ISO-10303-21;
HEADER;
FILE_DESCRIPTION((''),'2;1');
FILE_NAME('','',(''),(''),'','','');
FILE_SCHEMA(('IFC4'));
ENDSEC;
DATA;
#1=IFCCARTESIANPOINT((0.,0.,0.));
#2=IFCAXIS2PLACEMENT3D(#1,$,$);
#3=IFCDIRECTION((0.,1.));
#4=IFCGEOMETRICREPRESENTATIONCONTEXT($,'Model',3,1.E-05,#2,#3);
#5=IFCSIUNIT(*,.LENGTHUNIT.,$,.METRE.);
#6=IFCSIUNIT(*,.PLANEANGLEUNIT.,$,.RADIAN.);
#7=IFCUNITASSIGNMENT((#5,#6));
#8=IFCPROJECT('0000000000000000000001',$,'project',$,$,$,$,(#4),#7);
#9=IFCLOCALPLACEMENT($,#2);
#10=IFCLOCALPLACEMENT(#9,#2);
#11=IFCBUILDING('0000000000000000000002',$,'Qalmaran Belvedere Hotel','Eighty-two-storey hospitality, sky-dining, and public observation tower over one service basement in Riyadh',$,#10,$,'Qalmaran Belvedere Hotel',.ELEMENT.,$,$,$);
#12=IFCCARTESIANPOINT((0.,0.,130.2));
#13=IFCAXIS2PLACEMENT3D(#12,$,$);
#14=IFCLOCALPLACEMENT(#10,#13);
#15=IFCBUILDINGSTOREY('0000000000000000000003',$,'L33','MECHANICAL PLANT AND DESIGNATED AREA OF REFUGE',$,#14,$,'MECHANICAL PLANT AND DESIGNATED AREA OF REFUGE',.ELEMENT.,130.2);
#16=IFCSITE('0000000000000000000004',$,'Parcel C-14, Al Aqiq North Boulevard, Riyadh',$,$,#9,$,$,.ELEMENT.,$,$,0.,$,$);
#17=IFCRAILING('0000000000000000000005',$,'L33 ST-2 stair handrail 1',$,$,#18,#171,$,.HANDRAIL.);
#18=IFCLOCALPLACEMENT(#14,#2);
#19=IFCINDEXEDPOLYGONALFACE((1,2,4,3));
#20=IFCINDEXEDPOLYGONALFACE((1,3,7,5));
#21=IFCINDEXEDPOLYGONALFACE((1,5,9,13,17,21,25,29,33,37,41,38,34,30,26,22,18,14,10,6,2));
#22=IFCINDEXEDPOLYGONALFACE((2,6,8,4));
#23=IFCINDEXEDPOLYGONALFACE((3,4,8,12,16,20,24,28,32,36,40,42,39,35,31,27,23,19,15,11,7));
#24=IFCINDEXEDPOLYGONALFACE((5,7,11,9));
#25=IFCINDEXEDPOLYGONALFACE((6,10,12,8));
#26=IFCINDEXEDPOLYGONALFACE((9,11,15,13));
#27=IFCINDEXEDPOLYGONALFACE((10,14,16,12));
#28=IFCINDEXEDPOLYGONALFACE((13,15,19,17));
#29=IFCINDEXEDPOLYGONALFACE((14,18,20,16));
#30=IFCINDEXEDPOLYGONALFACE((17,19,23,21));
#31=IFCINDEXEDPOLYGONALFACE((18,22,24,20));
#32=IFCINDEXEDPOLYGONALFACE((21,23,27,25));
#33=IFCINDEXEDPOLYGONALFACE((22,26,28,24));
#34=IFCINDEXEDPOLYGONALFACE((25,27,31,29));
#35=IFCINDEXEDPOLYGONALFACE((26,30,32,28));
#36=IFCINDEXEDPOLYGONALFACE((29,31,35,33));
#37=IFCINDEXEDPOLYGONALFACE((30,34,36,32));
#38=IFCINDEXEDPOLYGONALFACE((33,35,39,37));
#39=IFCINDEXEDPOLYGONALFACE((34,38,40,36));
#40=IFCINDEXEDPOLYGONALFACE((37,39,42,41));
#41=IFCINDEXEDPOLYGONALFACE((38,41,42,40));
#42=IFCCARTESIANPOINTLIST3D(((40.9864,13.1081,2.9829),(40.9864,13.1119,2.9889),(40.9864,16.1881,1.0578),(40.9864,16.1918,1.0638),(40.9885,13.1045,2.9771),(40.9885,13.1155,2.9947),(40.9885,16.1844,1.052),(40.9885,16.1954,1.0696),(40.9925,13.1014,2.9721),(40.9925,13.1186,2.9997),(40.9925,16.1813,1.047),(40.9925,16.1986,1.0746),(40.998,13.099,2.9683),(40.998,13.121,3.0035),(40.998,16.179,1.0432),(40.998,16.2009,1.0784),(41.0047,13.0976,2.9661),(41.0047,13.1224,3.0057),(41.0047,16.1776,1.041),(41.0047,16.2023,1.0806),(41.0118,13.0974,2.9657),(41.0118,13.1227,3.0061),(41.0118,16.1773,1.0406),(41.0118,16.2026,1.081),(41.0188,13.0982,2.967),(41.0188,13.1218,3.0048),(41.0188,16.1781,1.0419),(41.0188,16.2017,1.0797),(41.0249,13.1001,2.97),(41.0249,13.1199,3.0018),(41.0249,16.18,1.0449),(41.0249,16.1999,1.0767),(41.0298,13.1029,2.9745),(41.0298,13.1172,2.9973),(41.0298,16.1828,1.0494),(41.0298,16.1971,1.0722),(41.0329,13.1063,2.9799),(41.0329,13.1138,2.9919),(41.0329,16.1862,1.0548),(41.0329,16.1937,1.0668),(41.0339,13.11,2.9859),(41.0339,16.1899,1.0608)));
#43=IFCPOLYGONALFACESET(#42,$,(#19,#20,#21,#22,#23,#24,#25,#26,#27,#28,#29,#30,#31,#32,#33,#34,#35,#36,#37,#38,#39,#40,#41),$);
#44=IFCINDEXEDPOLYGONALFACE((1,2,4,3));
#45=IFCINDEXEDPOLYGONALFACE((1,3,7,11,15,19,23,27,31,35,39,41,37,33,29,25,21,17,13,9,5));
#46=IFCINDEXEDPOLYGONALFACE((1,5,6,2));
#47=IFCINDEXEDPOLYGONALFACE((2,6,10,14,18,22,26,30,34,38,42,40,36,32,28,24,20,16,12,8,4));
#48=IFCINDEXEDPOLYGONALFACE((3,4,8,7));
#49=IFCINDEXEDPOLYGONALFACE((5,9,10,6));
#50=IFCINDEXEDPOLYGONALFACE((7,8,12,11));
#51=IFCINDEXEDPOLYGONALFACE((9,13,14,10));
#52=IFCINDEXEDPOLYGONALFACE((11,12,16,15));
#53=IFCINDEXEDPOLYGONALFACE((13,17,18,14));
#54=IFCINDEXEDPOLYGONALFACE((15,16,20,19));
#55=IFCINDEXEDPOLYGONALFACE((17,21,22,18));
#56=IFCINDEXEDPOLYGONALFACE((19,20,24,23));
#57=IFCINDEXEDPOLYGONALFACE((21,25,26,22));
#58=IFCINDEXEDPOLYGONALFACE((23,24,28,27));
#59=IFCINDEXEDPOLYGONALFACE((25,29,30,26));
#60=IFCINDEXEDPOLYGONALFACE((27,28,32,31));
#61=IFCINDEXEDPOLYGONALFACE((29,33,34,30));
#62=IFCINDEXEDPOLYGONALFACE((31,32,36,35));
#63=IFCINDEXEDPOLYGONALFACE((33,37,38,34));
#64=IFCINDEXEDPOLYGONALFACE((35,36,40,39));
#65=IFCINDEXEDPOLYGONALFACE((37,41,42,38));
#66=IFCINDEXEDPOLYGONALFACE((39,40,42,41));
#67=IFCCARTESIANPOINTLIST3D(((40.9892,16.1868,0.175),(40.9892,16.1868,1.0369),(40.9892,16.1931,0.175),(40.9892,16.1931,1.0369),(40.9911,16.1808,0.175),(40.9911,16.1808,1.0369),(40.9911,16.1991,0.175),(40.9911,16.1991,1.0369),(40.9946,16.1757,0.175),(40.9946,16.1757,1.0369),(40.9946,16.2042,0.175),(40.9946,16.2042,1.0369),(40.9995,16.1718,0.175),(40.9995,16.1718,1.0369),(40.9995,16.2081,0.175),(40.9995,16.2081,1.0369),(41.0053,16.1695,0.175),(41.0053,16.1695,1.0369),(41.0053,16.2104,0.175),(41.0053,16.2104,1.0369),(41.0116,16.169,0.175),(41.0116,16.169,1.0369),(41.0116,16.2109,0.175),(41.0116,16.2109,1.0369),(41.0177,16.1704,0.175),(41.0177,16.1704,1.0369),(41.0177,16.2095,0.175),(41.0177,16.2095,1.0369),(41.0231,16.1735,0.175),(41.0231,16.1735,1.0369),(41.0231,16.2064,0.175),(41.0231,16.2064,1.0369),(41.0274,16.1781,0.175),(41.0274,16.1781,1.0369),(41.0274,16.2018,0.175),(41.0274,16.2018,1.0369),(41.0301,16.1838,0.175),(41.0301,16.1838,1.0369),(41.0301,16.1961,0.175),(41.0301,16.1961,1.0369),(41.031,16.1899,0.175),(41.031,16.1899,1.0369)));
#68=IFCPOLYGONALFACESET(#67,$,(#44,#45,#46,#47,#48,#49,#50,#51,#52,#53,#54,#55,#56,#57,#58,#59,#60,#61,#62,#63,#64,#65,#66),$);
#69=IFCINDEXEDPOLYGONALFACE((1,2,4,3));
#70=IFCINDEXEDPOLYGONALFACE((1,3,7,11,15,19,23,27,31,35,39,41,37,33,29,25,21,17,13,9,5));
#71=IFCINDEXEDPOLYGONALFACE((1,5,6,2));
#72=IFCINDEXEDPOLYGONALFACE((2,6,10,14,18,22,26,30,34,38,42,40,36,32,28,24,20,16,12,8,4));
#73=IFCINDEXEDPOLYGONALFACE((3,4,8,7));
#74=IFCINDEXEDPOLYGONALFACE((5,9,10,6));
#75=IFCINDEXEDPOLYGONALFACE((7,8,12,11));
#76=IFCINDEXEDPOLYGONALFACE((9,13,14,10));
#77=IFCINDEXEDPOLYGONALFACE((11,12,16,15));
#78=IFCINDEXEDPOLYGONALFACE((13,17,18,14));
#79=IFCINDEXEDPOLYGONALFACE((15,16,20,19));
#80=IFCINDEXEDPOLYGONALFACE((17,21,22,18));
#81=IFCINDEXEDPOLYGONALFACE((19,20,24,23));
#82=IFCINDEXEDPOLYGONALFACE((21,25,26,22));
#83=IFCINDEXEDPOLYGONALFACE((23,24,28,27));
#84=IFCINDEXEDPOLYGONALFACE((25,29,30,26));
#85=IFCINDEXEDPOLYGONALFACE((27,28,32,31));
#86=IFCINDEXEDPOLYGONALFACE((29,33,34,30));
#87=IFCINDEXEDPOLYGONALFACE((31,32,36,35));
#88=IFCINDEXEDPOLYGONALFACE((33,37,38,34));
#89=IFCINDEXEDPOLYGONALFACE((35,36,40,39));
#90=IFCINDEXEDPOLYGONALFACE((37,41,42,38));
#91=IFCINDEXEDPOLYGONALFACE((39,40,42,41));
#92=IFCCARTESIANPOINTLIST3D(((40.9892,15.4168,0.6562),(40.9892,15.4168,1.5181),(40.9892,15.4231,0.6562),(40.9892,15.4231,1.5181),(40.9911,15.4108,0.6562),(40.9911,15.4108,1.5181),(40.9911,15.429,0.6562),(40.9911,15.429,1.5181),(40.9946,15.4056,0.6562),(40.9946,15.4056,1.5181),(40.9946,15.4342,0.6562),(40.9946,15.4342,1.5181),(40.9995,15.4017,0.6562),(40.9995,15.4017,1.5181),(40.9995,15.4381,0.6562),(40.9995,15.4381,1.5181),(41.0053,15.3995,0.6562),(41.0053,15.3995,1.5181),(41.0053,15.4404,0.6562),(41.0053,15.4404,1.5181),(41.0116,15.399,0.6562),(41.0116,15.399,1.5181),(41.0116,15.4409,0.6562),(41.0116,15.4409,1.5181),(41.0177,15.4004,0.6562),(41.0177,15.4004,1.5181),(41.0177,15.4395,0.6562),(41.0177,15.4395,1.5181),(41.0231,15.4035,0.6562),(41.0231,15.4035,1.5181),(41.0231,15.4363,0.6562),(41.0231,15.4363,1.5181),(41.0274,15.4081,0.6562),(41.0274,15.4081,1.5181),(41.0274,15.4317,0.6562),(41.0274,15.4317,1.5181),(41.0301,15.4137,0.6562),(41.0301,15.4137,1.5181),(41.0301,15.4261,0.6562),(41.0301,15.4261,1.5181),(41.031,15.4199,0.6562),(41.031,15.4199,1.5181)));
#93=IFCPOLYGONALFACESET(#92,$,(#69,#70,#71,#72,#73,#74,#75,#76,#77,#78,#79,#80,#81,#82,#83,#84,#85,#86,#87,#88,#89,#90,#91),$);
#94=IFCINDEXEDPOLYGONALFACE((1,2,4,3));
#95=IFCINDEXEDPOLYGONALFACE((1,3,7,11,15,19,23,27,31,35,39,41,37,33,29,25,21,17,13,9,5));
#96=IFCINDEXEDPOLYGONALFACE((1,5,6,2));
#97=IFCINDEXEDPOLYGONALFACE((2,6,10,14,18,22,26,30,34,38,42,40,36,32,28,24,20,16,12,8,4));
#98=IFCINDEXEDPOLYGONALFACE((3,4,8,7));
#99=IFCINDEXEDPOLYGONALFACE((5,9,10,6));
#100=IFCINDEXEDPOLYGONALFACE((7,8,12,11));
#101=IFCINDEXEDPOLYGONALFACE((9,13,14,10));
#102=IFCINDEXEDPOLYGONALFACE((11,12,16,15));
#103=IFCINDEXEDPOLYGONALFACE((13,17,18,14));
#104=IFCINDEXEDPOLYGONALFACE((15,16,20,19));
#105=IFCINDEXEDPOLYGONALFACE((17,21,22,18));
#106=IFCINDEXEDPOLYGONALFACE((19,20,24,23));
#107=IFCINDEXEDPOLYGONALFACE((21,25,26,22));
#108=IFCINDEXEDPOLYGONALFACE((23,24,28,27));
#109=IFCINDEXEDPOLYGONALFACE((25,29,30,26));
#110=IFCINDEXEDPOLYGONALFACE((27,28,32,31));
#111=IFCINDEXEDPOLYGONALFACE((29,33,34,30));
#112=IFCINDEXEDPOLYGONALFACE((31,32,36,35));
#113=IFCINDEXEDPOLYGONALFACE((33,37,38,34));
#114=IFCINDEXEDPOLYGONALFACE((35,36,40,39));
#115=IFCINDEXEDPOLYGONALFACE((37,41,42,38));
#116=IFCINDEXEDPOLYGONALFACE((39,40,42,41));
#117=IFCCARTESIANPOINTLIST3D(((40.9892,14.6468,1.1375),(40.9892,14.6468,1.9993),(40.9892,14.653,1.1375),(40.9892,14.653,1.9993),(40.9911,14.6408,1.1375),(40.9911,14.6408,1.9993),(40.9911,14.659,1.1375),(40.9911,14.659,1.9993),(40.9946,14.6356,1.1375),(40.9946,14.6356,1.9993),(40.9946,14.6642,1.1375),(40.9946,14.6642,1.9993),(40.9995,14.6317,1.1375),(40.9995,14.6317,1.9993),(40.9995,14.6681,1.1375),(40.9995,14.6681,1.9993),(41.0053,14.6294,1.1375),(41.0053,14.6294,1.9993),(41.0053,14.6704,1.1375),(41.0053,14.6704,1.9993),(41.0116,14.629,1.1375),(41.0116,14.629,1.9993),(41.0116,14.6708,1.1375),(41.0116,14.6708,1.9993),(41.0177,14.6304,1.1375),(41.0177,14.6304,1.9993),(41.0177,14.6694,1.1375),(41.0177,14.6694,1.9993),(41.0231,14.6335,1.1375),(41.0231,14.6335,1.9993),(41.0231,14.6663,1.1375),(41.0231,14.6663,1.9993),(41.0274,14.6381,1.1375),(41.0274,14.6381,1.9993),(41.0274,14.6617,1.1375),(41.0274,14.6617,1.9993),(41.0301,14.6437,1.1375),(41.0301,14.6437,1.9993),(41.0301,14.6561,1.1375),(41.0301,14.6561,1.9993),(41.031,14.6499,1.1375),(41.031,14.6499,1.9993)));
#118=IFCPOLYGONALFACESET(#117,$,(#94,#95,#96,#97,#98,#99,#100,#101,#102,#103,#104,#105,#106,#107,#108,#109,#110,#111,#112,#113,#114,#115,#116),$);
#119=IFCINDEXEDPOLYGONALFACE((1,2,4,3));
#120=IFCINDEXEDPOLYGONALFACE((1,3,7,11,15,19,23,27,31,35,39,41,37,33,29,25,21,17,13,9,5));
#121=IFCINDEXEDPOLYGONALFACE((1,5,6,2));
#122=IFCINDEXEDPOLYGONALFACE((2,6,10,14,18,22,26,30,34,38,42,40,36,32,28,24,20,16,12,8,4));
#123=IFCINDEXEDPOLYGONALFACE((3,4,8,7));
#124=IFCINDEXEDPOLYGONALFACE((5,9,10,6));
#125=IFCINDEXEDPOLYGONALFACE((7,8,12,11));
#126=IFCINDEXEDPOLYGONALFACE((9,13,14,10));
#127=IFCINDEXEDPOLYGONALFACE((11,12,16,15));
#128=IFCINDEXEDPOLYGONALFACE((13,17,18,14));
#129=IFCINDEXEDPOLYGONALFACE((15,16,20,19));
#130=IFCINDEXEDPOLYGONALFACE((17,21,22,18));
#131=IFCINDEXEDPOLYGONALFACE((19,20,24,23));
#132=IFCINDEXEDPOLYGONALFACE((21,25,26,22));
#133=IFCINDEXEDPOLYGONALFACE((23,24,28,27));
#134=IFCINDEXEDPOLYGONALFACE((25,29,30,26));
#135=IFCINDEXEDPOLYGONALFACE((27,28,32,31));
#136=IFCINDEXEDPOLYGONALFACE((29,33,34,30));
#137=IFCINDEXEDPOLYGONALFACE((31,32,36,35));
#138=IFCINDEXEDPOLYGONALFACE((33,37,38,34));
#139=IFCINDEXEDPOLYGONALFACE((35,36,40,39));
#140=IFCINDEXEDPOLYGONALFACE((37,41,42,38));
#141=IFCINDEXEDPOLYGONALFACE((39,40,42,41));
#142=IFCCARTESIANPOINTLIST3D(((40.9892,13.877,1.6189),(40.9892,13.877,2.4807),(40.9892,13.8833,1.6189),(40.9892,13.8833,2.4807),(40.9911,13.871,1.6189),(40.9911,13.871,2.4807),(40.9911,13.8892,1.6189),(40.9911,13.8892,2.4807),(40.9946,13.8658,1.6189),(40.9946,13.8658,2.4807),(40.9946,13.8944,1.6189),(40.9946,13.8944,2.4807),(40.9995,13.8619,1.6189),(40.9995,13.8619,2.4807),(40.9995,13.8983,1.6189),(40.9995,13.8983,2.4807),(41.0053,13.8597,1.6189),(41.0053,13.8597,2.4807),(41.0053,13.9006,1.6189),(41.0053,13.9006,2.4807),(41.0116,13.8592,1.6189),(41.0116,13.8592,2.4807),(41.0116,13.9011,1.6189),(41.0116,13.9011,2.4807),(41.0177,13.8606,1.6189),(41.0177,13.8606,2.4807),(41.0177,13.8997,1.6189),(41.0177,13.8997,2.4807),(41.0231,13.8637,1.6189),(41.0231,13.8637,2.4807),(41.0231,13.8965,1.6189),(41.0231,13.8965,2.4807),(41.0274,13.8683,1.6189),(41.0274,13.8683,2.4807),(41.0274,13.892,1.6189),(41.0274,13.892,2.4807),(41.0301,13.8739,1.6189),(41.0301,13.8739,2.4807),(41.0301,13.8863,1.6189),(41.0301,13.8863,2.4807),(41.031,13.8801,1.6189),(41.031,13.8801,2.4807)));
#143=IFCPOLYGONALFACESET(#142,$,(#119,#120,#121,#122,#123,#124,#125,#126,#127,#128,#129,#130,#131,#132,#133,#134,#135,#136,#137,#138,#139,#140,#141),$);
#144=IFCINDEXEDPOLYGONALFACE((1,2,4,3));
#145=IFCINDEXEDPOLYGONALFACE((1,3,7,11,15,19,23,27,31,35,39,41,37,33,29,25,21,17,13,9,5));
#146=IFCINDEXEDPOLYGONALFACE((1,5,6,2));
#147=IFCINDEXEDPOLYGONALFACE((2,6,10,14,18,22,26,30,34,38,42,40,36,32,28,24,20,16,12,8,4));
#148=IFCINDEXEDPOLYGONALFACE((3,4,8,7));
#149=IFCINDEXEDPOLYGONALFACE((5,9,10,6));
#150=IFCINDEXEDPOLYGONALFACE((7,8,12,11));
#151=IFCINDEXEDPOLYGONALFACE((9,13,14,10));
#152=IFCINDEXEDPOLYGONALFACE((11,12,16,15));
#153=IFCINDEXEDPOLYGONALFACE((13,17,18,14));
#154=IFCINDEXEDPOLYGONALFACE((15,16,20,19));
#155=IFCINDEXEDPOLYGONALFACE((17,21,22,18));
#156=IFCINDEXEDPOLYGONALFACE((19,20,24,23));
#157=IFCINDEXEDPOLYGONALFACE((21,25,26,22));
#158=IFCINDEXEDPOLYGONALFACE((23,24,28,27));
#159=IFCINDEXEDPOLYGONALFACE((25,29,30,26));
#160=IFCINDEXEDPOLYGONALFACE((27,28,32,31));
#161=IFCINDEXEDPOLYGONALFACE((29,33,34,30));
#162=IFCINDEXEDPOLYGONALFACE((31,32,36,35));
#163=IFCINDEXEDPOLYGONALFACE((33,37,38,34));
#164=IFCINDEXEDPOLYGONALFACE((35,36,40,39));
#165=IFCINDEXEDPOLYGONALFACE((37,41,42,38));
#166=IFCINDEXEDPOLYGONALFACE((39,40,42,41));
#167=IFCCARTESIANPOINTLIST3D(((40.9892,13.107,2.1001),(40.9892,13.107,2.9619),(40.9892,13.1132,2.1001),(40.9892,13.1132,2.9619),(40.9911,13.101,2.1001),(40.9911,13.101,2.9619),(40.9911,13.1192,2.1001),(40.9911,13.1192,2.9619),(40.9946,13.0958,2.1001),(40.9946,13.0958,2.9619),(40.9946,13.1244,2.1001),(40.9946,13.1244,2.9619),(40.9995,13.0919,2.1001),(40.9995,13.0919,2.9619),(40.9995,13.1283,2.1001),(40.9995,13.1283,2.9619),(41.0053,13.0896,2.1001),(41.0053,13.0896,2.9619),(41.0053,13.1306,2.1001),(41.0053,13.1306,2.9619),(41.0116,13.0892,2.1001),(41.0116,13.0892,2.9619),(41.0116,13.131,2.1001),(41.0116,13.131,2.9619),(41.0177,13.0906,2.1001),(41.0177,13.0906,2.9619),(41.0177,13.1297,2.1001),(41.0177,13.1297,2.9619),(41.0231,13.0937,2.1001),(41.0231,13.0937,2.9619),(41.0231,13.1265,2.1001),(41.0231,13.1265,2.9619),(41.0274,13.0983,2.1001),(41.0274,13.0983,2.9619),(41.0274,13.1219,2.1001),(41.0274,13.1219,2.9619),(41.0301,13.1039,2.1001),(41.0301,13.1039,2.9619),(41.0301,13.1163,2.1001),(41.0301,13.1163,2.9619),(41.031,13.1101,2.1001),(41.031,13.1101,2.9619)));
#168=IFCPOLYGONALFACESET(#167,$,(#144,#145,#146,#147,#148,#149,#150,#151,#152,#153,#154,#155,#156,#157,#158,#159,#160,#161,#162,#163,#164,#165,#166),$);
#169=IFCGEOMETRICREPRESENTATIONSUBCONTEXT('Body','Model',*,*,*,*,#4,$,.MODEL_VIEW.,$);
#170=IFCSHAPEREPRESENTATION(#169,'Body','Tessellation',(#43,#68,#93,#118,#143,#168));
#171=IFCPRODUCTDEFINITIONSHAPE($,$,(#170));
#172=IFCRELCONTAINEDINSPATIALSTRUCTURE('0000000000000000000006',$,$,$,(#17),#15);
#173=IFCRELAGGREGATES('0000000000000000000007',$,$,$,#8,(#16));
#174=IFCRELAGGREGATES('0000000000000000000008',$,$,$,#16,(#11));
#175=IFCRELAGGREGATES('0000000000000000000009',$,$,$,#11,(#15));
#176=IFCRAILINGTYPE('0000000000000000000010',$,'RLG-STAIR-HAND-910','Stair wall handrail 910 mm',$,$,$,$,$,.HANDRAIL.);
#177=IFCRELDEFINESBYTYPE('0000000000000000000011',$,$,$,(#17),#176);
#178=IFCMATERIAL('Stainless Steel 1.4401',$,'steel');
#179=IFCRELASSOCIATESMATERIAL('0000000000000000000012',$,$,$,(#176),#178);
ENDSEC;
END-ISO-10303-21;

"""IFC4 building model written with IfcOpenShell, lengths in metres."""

from ifc_helpers import new_model, si_unit, direction, frame, origin, origin_2d, place, context, subcontext, project, spatial, circle, extrude, material, type_object, element, save


model = new_model("IFC4")

# Units and contexts
model_context = context("Model", 3, precision=1e-05, world=origin(), true_north=direction((0.0, 1.0)))
body_context = subcontext(model_context, "Body", "Model", "MODEL_VIEW")
ifc_project = project(units=[si_unit("LENGTHUNIT", "METRE"), si_unit("PLANEANGLEUNIT", "RADIAN")], contexts=[model_context])

# Site, building, storey
site_placement = place(None, origin())
site = spatial("IfcSite", under=ifc_project, at=site_placement, Name="Parcel C-14, Al Aqiq North Boulevard, Riyadh", CompositionType="ELEMENT", RefElevation=0.0)
building_placement = place(site_placement, origin())
building = spatial("IfcBuilding", under=site, at=building_placement, Name="Qalmaran Belvedere Hotel", Description="Eighty-two-storey hospitality, sky-dining, and public observation tower over one service basement in Riyadh", LongName="Qalmaran Belvedere Hotel", CompositionType="ELEMENT")
storey_placement = place(building_placement, frame((0.0, 0.0, 130.2)))
storey = spatial("IfcBuildingStorey", under=building, at=storey_placement, Name="L33", Description="MECHANICAL PLANT AND DESIGNATED AREA OF REFUGE", LongName="MECHANICAL PLANT AND DESIGNATED AREA OF REFUGE", CompositionType="ELEMENT", Elevation=130.2)

# Shared definitions
ifc_material_1 = material(Name="Stainless Steel 1.4401", Category="steel")

# Railing
railing_type_1 = type_object("IfcRailingType", Name="RLG-STAIR-HAND-910", Description="Stair wall handrail 910 mm", PredefinedType="HANDRAIL", material=ifc_material_1)
for number, where, name in (
    (1, (41.01, 16.1899, 0.175), "L33 ST-2 stair handrail 1"),
):
    element("IfcRailing", number, at=place(storey_placement, frame(where)), inside=storey, type_object=railing_type_1, Name=name, PredefinedType="HANDRAIL", context=body_context, shape_type="SweptSolid", body=[
        extrude(circle(Radius=0.0239, at=origin_2d()), frame((0.0, 0.0, 0.8857), z_axis=(0.0, -0.847979, 0.530029), x_axis=(1.0, 0.0, 0.0)), (0.0, 0.0, 1.0), 3.6321),
        extrude(circle(Radius=0.021, at=origin_2d()), origin(), (0.0, 0.0, 1.0), 0.8618),
        extrude(circle(Radius=0.021, at=origin_2d()), frame((0.0, -0.77, 0.4812)), (0.0, 0.0, 1.0), 0.8618),
        extrude(circle(Radius=0.021, at=origin_2d()), frame((0.0, -1.54, 0.9624)), (0.0, 0.0, 1.0), 0.8618),
        extrude(circle(Radius=0.021, at=origin_2d()), frame((0.0, -2.3098, 1.4438)), (0.0, 0.0, 1.0), 0.8618),
        extrude(circle(Radius=0.021, at=origin_2d()), frame((0.0, -3.0798, 1.925)), (0.0, 0.0, 1.0), 0.8618),
    ])

save(model, "model.ifc")
